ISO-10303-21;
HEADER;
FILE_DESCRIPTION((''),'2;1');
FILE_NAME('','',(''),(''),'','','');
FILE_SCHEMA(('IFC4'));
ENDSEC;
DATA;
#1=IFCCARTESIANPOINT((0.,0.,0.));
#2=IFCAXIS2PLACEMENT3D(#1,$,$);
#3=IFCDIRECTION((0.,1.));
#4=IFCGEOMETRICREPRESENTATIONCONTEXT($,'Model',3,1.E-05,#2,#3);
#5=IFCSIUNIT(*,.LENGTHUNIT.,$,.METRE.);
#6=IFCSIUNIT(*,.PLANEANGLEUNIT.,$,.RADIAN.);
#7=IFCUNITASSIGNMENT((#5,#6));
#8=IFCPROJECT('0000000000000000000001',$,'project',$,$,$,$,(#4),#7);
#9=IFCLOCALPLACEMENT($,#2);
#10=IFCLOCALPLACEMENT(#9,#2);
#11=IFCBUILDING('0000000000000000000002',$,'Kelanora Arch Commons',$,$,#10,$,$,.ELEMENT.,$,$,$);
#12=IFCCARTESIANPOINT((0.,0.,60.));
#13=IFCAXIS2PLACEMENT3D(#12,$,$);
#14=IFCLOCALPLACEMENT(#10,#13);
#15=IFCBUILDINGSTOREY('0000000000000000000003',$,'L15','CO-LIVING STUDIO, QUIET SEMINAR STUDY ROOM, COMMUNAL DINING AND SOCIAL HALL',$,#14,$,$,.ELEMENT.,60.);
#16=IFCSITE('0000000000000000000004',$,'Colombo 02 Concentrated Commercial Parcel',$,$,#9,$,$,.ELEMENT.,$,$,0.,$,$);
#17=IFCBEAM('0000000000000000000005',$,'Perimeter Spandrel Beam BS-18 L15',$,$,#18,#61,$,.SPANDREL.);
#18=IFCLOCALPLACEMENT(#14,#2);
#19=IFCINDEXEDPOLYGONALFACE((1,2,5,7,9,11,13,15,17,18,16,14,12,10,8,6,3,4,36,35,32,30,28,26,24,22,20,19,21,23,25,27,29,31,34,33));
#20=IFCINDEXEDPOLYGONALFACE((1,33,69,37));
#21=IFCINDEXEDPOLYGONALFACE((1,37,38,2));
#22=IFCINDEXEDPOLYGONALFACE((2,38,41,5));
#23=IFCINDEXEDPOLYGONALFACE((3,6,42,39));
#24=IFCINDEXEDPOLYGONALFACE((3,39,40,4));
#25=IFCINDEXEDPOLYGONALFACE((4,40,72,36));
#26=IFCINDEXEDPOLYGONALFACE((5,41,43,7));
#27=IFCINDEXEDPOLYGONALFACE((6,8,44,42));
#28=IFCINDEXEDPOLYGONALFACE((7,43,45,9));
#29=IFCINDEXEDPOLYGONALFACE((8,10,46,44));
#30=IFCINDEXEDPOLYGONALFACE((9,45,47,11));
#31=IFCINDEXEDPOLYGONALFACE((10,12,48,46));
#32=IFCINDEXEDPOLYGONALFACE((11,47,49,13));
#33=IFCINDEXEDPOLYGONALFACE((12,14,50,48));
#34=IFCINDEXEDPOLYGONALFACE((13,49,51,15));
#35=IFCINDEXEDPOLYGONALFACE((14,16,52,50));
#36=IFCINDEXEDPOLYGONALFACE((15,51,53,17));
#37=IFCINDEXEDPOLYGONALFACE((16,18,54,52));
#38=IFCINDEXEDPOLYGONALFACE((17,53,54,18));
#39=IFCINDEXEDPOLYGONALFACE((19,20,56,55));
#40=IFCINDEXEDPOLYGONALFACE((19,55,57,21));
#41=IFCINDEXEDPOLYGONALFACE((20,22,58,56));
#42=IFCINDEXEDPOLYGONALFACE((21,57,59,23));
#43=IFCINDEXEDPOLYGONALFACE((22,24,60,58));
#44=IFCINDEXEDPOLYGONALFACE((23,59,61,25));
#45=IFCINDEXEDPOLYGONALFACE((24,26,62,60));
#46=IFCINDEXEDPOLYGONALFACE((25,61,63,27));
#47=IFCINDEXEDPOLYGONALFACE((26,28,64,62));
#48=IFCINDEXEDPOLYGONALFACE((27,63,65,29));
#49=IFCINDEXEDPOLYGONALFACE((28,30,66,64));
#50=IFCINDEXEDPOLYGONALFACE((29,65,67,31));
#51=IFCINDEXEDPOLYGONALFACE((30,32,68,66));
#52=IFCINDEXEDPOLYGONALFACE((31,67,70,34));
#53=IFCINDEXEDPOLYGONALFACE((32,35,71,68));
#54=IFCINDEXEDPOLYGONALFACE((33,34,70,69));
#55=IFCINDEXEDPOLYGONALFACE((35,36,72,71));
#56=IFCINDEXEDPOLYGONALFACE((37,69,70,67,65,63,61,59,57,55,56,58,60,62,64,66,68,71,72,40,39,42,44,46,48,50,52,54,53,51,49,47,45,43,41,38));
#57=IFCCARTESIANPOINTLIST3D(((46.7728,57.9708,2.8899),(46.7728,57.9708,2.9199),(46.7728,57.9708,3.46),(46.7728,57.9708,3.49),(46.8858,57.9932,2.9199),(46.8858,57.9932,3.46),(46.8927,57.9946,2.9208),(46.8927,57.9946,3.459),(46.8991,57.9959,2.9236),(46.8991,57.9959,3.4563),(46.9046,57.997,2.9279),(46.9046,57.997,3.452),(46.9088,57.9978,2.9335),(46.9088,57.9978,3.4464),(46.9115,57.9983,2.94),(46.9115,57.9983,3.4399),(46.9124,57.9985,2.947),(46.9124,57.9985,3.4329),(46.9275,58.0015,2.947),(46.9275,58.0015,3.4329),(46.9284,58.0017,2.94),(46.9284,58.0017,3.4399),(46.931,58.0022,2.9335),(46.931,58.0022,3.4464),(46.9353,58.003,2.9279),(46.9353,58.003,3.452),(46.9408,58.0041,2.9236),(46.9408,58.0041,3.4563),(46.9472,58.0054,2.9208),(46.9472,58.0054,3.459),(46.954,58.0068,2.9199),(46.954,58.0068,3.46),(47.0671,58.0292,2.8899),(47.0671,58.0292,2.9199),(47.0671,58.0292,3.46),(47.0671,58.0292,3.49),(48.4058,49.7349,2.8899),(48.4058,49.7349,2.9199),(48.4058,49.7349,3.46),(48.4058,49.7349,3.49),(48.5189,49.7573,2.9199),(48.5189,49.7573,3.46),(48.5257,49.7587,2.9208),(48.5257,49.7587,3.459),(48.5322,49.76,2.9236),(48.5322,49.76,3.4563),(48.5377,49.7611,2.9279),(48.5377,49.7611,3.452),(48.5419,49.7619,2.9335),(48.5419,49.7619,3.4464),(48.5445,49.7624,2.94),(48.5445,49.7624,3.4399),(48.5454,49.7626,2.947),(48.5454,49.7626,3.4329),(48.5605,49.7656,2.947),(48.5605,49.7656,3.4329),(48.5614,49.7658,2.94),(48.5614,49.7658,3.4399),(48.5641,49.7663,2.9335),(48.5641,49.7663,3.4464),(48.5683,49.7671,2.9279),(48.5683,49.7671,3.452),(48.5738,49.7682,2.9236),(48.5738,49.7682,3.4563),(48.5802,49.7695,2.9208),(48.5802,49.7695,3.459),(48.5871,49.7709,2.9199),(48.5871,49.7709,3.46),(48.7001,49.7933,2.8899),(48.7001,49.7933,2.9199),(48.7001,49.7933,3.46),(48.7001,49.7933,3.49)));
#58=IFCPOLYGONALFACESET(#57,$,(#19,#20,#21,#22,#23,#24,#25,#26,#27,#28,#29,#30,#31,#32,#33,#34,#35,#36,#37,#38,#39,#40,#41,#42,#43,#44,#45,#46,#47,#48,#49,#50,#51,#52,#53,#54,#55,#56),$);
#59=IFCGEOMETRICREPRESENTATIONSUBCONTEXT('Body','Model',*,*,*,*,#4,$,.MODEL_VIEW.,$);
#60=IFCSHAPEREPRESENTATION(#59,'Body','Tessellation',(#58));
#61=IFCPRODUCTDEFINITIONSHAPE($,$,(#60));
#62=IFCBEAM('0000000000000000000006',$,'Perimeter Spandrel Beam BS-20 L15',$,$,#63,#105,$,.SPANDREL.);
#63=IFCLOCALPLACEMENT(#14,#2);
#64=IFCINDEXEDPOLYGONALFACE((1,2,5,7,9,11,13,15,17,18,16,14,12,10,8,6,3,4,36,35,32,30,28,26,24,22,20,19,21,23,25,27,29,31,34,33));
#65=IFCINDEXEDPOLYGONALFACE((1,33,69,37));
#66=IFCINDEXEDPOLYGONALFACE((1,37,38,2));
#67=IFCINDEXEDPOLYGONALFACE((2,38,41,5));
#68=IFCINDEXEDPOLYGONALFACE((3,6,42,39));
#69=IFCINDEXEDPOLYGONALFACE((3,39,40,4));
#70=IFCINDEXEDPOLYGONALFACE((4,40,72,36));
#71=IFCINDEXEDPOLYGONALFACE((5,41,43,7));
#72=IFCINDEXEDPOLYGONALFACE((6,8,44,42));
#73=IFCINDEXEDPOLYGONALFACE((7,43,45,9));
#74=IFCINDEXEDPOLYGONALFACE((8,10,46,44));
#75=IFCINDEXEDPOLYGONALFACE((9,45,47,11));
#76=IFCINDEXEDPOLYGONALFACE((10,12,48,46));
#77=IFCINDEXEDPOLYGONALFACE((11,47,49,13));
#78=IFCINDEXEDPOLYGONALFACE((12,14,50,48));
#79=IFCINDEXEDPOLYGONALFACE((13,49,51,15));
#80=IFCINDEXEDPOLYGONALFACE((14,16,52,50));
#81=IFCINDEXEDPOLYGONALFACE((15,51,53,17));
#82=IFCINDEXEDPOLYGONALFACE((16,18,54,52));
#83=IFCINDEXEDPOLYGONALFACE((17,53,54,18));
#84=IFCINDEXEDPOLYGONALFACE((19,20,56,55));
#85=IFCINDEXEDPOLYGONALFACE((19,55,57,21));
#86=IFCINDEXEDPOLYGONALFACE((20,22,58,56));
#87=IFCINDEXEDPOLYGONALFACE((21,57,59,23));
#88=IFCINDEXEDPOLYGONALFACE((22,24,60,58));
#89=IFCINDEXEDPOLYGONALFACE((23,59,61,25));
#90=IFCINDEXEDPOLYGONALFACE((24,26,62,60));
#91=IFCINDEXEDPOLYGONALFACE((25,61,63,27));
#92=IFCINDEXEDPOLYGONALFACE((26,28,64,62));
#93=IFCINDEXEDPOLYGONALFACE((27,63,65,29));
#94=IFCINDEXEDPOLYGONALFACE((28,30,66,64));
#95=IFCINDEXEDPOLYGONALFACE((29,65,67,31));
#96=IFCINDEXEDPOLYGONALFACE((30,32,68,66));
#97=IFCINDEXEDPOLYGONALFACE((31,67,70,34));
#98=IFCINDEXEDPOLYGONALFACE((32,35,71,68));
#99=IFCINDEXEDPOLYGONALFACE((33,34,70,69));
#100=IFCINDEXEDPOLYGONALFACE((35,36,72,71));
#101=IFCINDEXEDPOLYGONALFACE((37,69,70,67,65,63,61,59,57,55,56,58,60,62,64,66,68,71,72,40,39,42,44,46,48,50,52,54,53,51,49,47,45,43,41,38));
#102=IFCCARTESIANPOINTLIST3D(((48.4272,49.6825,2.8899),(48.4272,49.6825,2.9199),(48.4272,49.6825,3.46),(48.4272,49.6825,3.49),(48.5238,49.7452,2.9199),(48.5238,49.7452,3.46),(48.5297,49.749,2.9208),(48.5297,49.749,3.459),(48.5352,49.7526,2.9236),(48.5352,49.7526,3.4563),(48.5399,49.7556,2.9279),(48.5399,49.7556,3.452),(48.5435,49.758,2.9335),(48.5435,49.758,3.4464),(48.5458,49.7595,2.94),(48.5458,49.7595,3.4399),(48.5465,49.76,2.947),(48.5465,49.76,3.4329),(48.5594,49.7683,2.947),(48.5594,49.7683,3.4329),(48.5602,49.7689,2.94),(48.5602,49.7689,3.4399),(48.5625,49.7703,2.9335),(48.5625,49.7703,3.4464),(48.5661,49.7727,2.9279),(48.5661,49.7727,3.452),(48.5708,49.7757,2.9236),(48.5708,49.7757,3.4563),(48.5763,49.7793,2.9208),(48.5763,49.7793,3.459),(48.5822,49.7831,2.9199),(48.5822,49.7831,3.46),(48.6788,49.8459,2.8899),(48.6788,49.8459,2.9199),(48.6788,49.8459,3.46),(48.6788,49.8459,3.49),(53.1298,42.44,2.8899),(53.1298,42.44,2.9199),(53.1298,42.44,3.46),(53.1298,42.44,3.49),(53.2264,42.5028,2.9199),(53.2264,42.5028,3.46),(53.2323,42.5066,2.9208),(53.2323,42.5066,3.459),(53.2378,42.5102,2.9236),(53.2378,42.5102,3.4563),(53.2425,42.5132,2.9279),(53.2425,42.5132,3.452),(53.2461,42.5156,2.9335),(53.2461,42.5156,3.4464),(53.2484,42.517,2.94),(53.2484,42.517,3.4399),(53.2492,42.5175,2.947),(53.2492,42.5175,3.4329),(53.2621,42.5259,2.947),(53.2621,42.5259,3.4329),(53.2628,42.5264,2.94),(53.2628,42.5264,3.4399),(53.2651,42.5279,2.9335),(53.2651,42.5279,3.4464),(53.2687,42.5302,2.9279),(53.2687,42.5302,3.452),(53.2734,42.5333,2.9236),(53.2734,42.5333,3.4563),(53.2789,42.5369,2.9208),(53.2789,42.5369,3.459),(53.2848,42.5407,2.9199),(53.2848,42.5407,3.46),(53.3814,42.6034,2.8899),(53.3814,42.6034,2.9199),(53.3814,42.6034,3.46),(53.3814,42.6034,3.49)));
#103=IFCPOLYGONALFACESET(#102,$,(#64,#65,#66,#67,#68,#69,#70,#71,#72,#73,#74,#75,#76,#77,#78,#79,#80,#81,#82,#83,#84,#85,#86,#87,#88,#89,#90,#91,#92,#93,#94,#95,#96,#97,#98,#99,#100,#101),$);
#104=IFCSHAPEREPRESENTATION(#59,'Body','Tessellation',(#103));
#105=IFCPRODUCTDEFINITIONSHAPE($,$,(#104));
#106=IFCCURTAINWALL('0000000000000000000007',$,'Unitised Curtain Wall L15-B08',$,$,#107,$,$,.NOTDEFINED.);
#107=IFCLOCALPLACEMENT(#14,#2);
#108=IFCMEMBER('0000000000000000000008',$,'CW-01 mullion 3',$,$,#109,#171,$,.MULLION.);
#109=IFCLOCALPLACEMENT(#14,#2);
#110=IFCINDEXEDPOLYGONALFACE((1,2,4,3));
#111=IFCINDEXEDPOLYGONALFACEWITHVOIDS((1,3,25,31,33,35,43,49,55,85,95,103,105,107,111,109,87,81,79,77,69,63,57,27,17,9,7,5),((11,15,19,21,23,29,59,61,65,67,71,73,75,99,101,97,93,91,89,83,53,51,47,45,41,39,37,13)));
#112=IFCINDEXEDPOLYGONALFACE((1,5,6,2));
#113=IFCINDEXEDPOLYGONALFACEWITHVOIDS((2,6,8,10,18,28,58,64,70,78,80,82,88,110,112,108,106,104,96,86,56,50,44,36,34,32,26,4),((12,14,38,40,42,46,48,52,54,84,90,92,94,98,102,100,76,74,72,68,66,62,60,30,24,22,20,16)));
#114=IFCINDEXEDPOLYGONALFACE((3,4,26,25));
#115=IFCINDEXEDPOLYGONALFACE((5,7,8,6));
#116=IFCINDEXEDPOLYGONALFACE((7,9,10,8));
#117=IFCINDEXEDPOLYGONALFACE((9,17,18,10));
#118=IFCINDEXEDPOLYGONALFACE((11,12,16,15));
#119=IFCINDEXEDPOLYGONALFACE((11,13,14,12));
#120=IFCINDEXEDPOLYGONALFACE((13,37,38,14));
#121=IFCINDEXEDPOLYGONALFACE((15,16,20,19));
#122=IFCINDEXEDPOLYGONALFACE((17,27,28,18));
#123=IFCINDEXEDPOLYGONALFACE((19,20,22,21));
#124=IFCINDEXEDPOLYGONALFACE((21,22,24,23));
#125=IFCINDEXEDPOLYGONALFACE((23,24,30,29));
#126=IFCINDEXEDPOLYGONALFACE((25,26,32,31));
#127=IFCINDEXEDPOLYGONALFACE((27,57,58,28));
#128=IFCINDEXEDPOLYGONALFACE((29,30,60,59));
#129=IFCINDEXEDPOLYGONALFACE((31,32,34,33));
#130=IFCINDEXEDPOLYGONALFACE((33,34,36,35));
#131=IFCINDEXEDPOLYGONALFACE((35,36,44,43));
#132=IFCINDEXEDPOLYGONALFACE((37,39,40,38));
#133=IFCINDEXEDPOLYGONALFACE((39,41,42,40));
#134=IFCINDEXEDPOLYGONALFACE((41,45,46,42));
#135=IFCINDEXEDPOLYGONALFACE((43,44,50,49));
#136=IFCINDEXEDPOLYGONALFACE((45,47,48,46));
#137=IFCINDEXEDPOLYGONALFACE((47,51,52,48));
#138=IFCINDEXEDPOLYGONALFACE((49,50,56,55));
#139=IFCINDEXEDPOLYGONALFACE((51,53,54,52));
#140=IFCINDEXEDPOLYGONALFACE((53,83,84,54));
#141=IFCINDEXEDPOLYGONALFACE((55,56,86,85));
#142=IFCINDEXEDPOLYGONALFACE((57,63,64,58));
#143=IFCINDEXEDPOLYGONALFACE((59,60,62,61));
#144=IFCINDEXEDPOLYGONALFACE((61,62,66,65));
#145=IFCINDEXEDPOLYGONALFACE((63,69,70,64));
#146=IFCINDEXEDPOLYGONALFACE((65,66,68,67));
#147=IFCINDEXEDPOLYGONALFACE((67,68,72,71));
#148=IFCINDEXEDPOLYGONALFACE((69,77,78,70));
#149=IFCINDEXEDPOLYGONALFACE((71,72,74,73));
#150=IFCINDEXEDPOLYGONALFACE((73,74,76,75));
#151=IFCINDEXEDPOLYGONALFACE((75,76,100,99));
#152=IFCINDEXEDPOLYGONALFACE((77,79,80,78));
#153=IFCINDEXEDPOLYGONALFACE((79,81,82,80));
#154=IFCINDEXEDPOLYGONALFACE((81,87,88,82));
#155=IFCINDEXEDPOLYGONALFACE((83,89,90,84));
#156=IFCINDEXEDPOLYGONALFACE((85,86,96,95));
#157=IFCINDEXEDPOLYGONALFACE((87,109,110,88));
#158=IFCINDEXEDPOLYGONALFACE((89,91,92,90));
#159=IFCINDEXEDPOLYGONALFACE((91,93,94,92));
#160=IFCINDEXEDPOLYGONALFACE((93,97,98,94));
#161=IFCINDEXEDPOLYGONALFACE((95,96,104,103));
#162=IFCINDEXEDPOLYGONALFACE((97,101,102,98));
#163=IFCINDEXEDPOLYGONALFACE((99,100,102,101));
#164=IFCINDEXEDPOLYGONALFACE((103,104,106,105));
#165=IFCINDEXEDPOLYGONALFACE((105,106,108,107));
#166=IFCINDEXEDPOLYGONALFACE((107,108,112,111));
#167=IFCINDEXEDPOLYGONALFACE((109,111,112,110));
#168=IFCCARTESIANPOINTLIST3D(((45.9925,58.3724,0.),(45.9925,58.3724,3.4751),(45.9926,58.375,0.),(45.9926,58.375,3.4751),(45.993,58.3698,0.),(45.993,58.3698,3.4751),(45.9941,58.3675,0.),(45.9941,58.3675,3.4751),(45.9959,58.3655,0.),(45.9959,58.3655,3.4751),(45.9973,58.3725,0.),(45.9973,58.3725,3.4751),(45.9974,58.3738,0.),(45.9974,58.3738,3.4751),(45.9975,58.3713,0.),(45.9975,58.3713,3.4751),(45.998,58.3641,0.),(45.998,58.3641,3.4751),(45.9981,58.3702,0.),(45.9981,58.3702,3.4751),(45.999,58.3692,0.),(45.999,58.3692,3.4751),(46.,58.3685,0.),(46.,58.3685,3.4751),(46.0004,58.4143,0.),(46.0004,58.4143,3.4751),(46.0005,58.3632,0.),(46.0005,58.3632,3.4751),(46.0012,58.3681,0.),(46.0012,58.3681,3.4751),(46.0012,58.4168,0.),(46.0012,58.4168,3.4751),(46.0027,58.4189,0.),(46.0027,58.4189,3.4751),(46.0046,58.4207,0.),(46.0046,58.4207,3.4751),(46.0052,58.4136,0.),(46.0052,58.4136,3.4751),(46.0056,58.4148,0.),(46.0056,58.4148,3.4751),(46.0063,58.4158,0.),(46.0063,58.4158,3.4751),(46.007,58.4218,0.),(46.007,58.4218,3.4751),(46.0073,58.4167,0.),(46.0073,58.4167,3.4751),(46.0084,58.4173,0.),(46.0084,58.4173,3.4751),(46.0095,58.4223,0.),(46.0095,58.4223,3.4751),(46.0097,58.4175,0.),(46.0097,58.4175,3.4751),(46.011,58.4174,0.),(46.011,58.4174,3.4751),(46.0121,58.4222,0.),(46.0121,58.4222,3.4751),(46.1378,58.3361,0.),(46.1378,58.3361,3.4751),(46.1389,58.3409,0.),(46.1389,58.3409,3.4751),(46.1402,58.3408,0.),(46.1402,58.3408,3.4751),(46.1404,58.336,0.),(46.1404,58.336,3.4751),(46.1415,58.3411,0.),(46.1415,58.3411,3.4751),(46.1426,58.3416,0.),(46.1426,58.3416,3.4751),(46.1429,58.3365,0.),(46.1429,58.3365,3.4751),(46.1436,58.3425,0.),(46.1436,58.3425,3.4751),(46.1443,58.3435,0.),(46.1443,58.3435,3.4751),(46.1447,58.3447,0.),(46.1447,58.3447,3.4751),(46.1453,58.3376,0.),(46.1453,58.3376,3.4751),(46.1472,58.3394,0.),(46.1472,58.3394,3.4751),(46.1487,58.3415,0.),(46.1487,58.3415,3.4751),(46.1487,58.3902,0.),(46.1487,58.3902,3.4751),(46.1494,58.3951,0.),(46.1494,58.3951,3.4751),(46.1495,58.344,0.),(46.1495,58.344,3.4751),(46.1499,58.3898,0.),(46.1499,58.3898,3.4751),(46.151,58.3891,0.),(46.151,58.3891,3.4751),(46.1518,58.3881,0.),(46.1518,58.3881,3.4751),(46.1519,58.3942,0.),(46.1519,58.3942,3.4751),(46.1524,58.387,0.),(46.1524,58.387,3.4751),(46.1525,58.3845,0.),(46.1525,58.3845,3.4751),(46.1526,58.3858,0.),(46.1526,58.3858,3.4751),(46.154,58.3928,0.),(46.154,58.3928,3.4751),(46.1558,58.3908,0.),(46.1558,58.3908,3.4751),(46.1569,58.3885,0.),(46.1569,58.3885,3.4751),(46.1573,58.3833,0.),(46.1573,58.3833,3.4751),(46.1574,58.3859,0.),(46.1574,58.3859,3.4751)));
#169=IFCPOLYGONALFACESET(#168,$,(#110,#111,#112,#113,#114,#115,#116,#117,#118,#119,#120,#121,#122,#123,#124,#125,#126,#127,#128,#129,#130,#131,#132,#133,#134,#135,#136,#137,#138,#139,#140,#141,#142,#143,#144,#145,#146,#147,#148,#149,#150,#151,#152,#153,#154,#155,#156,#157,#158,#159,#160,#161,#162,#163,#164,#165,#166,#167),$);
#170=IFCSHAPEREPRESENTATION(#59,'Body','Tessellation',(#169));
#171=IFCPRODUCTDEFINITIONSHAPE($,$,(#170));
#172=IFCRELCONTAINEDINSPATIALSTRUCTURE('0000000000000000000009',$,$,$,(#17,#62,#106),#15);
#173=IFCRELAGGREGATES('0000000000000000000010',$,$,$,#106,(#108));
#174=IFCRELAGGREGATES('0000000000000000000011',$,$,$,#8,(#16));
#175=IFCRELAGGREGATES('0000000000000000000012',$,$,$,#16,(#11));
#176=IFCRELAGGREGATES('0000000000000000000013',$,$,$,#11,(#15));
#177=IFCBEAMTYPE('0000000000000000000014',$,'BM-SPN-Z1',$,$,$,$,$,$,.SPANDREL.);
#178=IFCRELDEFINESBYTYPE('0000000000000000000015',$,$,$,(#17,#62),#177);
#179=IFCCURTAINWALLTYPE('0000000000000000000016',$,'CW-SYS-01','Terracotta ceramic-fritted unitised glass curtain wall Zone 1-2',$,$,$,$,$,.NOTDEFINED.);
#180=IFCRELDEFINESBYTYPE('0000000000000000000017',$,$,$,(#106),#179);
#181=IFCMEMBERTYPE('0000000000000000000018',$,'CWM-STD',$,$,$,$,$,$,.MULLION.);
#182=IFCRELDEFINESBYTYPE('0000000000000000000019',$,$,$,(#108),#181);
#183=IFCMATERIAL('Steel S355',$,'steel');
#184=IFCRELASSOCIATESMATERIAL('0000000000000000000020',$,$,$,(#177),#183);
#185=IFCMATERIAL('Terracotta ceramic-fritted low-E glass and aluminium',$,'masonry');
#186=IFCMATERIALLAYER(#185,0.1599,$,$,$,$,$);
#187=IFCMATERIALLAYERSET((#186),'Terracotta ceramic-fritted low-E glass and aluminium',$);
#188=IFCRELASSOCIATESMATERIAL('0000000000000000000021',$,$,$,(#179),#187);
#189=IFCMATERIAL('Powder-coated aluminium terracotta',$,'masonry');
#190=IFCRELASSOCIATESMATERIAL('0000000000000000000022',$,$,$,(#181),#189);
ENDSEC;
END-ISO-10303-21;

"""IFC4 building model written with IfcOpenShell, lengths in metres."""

from ifc_helpers import new_model, si_unit, direction, frame, origin, origin_2d, place, context, subcontext, project, spatial, hollow_rectangle, i_section, extrude, material, layer, layer_set, material_profile, profile_set, type_object, element, aggregate, save


model = new_model("IFC4")

# Units and contexts
model_context = context("Model", 3, precision=1e-05, world=origin(), true_north=direction((0.0, 1.0)))
body_context = subcontext(model_context, "Body", "Model", "MODEL_VIEW")
ifc_project = project(units=[si_unit("LENGTHUNIT", "METRE"), si_unit("PLANEANGLEUNIT", "RADIAN")], contexts=[model_context])

# Site, building, storey
site_placement = place(None, origin())
site = spatial("IfcSite", under=ifc_project, at=site_placement, Name="Colombo 02 Concentrated Commercial Parcel", CompositionType="ELEMENT", RefElevation=0.0)
building_placement = place(site_placement, origin())
building = spatial("IfcBuilding", under=site, at=building_placement, Name="Kelanora Arch Commons", CompositionType="ELEMENT")
storey_placement = place(building_placement, frame((0.0, 0.0, 60.0)))
storey = spatial("IfcBuildingStorey", under=building, at=storey_placement, Name="L15", Description="CO-LIVING STUDIO, QUIET SEMINAR STUDY ROOM, COMMUNAL DINING AND SOCIAL HALL", CompositionType="ELEMENT", Elevation=60.0)

# Beams
ifc_material_1 = material(Name="Steel S355", Category="steel")
ifc_material_profile_1 = material_profile(ifc_material_1, i_section(OverallWidth=0.3, OverallDepth=0.6001, WebThickness=0.0154, FlangeThickness=0.03, FilletRadius=0.0271, at=origin_2d()), Name="HEB600")
ifc_profile_set_1 = profile_set([ifc_material_profile_1], Name="Steel S355")
beam_type_1 = type_object("IfcBeamType", Name="BM-SPN-Z1", PredefinedType="SPANDREL", material=ifc_profile_set_1)
beam_1_placement = place(storey_placement, frame((46.9199, 58.0, 3.1899), z_axis=(0.1945, -0.980903, 0.0), x_axis=(0.980903, 0.1945, 0.0)))
element("IfcBeam", 1, at=beam_1_placement, inside=storey, type_object=beam_type_1, Name="Perimeter Spandrel Beam BS-18 L15", PredefinedType="SPANDREL", context=body_context, shape_type="SweptSolid", body=[
    extrude(i_section(OverallWidth=0.3, OverallDepth=0.6001, WebThickness=0.0154, FlangeThickness=0.03, FilletRadius=0.0271, at=origin_2d()), origin(), (0.0, 0.0, 1.0), 8.3962),
])
beam_2_placement = place(storey_placement, frame((48.553, 49.7642, 3.1899), z_axis=(0.544586, -0.838705, 0.0), x_axis=(0.838705, 0.544586, 0.0)))
element("IfcBeam", 2, at=beam_2_placement, inside=storey, type_object=beam_type_1, Name="Perimeter Spandrel Beam BS-20 L15", PredefinedType="SPANDREL", context=body_context, shape_type="SweptSolid", body=[
    extrude(i_section(OverallWidth=0.3, OverallDepth=0.6001, WebThickness=0.0154, FlangeThickness=0.03, FilletRadius=0.0271, at=origin_2d()), origin(), (0.0, 0.0, 1.0), 8.6353),
])

# Curtain wall, member
ifc_material_2 = material(Name="Terracotta ceramic-fritted low-E glass and aluminium", Category="masonry")
ifc_layer_1 = layer(ifc_material_2, 0.1599)
ifc_layer_set_1 = layer_set([ifc_layer_1], Name="Terracotta ceramic-fritted low-E glass and aluminium")
curtain_wall_type = type_object("IfcCurtainWallType", Name="CW-SYS-01", Description="Terracotta ceramic-fritted unitised glass curtain wall Zone 1-2", PredefinedType="NOTDEFINED", material=ifc_layer_set_1)
curtain_wall_1_placement = place(storey_placement, origin())
curtain_wall_1 = element("IfcCurtainWall", 3, at=curtain_wall_1_placement, inside=storey, type_object=curtain_wall_type, Name="Unitised Curtain Wall L15-B08", PredefinedType="NOTDEFINED")
ifc_material_3 = material(Name="Powder-coated aluminium terracotta", Category="masonry")
ifc_material_profile_2 = material_profile(ifc_material_3, hollow_rectangle(XDim=0.1599, YDim=0.0601, WallThickness=0.0049, InnerFilletRadius=0.0049, OuterFilletRadius=0.01, at=origin_2d()), Name="CWM160x60")
ifc_profile_set_2 = profile_set([ifc_material_profile_2], Name="Powder-coated aluminium terracotta")
member_type_1 = type_object("IfcMemberType", Name="CWM-STD", PredefinedType="MULLION", material=ifc_profile_set_2)
member_1_placement = place(storey_placement, frame((46.075, 58.3792, 0.0), z_axis=(0.0, 0.0, 1.0), x_axis=(0.981052, -0.193744, 0.0)))
member_1 = element("IfcMember", 4, at=member_1_placement, type_object=member_type_1, Name="CW-01 mullion 3", PredefinedType="MULLION", context=body_context, shape_type="SweptSolid", body=[
    extrude(hollow_rectangle(XDim=0.1599, YDim=0.0601, WallThickness=0.0049, InnerFilletRadius=0.0049, OuterFilletRadius=0.01, at=origin_2d()), origin(), (0.0, 0.0, 1.0), 3.4751),
])
aggregate(curtain_wall_1, [member_1])

save(model, "model.ifc")
